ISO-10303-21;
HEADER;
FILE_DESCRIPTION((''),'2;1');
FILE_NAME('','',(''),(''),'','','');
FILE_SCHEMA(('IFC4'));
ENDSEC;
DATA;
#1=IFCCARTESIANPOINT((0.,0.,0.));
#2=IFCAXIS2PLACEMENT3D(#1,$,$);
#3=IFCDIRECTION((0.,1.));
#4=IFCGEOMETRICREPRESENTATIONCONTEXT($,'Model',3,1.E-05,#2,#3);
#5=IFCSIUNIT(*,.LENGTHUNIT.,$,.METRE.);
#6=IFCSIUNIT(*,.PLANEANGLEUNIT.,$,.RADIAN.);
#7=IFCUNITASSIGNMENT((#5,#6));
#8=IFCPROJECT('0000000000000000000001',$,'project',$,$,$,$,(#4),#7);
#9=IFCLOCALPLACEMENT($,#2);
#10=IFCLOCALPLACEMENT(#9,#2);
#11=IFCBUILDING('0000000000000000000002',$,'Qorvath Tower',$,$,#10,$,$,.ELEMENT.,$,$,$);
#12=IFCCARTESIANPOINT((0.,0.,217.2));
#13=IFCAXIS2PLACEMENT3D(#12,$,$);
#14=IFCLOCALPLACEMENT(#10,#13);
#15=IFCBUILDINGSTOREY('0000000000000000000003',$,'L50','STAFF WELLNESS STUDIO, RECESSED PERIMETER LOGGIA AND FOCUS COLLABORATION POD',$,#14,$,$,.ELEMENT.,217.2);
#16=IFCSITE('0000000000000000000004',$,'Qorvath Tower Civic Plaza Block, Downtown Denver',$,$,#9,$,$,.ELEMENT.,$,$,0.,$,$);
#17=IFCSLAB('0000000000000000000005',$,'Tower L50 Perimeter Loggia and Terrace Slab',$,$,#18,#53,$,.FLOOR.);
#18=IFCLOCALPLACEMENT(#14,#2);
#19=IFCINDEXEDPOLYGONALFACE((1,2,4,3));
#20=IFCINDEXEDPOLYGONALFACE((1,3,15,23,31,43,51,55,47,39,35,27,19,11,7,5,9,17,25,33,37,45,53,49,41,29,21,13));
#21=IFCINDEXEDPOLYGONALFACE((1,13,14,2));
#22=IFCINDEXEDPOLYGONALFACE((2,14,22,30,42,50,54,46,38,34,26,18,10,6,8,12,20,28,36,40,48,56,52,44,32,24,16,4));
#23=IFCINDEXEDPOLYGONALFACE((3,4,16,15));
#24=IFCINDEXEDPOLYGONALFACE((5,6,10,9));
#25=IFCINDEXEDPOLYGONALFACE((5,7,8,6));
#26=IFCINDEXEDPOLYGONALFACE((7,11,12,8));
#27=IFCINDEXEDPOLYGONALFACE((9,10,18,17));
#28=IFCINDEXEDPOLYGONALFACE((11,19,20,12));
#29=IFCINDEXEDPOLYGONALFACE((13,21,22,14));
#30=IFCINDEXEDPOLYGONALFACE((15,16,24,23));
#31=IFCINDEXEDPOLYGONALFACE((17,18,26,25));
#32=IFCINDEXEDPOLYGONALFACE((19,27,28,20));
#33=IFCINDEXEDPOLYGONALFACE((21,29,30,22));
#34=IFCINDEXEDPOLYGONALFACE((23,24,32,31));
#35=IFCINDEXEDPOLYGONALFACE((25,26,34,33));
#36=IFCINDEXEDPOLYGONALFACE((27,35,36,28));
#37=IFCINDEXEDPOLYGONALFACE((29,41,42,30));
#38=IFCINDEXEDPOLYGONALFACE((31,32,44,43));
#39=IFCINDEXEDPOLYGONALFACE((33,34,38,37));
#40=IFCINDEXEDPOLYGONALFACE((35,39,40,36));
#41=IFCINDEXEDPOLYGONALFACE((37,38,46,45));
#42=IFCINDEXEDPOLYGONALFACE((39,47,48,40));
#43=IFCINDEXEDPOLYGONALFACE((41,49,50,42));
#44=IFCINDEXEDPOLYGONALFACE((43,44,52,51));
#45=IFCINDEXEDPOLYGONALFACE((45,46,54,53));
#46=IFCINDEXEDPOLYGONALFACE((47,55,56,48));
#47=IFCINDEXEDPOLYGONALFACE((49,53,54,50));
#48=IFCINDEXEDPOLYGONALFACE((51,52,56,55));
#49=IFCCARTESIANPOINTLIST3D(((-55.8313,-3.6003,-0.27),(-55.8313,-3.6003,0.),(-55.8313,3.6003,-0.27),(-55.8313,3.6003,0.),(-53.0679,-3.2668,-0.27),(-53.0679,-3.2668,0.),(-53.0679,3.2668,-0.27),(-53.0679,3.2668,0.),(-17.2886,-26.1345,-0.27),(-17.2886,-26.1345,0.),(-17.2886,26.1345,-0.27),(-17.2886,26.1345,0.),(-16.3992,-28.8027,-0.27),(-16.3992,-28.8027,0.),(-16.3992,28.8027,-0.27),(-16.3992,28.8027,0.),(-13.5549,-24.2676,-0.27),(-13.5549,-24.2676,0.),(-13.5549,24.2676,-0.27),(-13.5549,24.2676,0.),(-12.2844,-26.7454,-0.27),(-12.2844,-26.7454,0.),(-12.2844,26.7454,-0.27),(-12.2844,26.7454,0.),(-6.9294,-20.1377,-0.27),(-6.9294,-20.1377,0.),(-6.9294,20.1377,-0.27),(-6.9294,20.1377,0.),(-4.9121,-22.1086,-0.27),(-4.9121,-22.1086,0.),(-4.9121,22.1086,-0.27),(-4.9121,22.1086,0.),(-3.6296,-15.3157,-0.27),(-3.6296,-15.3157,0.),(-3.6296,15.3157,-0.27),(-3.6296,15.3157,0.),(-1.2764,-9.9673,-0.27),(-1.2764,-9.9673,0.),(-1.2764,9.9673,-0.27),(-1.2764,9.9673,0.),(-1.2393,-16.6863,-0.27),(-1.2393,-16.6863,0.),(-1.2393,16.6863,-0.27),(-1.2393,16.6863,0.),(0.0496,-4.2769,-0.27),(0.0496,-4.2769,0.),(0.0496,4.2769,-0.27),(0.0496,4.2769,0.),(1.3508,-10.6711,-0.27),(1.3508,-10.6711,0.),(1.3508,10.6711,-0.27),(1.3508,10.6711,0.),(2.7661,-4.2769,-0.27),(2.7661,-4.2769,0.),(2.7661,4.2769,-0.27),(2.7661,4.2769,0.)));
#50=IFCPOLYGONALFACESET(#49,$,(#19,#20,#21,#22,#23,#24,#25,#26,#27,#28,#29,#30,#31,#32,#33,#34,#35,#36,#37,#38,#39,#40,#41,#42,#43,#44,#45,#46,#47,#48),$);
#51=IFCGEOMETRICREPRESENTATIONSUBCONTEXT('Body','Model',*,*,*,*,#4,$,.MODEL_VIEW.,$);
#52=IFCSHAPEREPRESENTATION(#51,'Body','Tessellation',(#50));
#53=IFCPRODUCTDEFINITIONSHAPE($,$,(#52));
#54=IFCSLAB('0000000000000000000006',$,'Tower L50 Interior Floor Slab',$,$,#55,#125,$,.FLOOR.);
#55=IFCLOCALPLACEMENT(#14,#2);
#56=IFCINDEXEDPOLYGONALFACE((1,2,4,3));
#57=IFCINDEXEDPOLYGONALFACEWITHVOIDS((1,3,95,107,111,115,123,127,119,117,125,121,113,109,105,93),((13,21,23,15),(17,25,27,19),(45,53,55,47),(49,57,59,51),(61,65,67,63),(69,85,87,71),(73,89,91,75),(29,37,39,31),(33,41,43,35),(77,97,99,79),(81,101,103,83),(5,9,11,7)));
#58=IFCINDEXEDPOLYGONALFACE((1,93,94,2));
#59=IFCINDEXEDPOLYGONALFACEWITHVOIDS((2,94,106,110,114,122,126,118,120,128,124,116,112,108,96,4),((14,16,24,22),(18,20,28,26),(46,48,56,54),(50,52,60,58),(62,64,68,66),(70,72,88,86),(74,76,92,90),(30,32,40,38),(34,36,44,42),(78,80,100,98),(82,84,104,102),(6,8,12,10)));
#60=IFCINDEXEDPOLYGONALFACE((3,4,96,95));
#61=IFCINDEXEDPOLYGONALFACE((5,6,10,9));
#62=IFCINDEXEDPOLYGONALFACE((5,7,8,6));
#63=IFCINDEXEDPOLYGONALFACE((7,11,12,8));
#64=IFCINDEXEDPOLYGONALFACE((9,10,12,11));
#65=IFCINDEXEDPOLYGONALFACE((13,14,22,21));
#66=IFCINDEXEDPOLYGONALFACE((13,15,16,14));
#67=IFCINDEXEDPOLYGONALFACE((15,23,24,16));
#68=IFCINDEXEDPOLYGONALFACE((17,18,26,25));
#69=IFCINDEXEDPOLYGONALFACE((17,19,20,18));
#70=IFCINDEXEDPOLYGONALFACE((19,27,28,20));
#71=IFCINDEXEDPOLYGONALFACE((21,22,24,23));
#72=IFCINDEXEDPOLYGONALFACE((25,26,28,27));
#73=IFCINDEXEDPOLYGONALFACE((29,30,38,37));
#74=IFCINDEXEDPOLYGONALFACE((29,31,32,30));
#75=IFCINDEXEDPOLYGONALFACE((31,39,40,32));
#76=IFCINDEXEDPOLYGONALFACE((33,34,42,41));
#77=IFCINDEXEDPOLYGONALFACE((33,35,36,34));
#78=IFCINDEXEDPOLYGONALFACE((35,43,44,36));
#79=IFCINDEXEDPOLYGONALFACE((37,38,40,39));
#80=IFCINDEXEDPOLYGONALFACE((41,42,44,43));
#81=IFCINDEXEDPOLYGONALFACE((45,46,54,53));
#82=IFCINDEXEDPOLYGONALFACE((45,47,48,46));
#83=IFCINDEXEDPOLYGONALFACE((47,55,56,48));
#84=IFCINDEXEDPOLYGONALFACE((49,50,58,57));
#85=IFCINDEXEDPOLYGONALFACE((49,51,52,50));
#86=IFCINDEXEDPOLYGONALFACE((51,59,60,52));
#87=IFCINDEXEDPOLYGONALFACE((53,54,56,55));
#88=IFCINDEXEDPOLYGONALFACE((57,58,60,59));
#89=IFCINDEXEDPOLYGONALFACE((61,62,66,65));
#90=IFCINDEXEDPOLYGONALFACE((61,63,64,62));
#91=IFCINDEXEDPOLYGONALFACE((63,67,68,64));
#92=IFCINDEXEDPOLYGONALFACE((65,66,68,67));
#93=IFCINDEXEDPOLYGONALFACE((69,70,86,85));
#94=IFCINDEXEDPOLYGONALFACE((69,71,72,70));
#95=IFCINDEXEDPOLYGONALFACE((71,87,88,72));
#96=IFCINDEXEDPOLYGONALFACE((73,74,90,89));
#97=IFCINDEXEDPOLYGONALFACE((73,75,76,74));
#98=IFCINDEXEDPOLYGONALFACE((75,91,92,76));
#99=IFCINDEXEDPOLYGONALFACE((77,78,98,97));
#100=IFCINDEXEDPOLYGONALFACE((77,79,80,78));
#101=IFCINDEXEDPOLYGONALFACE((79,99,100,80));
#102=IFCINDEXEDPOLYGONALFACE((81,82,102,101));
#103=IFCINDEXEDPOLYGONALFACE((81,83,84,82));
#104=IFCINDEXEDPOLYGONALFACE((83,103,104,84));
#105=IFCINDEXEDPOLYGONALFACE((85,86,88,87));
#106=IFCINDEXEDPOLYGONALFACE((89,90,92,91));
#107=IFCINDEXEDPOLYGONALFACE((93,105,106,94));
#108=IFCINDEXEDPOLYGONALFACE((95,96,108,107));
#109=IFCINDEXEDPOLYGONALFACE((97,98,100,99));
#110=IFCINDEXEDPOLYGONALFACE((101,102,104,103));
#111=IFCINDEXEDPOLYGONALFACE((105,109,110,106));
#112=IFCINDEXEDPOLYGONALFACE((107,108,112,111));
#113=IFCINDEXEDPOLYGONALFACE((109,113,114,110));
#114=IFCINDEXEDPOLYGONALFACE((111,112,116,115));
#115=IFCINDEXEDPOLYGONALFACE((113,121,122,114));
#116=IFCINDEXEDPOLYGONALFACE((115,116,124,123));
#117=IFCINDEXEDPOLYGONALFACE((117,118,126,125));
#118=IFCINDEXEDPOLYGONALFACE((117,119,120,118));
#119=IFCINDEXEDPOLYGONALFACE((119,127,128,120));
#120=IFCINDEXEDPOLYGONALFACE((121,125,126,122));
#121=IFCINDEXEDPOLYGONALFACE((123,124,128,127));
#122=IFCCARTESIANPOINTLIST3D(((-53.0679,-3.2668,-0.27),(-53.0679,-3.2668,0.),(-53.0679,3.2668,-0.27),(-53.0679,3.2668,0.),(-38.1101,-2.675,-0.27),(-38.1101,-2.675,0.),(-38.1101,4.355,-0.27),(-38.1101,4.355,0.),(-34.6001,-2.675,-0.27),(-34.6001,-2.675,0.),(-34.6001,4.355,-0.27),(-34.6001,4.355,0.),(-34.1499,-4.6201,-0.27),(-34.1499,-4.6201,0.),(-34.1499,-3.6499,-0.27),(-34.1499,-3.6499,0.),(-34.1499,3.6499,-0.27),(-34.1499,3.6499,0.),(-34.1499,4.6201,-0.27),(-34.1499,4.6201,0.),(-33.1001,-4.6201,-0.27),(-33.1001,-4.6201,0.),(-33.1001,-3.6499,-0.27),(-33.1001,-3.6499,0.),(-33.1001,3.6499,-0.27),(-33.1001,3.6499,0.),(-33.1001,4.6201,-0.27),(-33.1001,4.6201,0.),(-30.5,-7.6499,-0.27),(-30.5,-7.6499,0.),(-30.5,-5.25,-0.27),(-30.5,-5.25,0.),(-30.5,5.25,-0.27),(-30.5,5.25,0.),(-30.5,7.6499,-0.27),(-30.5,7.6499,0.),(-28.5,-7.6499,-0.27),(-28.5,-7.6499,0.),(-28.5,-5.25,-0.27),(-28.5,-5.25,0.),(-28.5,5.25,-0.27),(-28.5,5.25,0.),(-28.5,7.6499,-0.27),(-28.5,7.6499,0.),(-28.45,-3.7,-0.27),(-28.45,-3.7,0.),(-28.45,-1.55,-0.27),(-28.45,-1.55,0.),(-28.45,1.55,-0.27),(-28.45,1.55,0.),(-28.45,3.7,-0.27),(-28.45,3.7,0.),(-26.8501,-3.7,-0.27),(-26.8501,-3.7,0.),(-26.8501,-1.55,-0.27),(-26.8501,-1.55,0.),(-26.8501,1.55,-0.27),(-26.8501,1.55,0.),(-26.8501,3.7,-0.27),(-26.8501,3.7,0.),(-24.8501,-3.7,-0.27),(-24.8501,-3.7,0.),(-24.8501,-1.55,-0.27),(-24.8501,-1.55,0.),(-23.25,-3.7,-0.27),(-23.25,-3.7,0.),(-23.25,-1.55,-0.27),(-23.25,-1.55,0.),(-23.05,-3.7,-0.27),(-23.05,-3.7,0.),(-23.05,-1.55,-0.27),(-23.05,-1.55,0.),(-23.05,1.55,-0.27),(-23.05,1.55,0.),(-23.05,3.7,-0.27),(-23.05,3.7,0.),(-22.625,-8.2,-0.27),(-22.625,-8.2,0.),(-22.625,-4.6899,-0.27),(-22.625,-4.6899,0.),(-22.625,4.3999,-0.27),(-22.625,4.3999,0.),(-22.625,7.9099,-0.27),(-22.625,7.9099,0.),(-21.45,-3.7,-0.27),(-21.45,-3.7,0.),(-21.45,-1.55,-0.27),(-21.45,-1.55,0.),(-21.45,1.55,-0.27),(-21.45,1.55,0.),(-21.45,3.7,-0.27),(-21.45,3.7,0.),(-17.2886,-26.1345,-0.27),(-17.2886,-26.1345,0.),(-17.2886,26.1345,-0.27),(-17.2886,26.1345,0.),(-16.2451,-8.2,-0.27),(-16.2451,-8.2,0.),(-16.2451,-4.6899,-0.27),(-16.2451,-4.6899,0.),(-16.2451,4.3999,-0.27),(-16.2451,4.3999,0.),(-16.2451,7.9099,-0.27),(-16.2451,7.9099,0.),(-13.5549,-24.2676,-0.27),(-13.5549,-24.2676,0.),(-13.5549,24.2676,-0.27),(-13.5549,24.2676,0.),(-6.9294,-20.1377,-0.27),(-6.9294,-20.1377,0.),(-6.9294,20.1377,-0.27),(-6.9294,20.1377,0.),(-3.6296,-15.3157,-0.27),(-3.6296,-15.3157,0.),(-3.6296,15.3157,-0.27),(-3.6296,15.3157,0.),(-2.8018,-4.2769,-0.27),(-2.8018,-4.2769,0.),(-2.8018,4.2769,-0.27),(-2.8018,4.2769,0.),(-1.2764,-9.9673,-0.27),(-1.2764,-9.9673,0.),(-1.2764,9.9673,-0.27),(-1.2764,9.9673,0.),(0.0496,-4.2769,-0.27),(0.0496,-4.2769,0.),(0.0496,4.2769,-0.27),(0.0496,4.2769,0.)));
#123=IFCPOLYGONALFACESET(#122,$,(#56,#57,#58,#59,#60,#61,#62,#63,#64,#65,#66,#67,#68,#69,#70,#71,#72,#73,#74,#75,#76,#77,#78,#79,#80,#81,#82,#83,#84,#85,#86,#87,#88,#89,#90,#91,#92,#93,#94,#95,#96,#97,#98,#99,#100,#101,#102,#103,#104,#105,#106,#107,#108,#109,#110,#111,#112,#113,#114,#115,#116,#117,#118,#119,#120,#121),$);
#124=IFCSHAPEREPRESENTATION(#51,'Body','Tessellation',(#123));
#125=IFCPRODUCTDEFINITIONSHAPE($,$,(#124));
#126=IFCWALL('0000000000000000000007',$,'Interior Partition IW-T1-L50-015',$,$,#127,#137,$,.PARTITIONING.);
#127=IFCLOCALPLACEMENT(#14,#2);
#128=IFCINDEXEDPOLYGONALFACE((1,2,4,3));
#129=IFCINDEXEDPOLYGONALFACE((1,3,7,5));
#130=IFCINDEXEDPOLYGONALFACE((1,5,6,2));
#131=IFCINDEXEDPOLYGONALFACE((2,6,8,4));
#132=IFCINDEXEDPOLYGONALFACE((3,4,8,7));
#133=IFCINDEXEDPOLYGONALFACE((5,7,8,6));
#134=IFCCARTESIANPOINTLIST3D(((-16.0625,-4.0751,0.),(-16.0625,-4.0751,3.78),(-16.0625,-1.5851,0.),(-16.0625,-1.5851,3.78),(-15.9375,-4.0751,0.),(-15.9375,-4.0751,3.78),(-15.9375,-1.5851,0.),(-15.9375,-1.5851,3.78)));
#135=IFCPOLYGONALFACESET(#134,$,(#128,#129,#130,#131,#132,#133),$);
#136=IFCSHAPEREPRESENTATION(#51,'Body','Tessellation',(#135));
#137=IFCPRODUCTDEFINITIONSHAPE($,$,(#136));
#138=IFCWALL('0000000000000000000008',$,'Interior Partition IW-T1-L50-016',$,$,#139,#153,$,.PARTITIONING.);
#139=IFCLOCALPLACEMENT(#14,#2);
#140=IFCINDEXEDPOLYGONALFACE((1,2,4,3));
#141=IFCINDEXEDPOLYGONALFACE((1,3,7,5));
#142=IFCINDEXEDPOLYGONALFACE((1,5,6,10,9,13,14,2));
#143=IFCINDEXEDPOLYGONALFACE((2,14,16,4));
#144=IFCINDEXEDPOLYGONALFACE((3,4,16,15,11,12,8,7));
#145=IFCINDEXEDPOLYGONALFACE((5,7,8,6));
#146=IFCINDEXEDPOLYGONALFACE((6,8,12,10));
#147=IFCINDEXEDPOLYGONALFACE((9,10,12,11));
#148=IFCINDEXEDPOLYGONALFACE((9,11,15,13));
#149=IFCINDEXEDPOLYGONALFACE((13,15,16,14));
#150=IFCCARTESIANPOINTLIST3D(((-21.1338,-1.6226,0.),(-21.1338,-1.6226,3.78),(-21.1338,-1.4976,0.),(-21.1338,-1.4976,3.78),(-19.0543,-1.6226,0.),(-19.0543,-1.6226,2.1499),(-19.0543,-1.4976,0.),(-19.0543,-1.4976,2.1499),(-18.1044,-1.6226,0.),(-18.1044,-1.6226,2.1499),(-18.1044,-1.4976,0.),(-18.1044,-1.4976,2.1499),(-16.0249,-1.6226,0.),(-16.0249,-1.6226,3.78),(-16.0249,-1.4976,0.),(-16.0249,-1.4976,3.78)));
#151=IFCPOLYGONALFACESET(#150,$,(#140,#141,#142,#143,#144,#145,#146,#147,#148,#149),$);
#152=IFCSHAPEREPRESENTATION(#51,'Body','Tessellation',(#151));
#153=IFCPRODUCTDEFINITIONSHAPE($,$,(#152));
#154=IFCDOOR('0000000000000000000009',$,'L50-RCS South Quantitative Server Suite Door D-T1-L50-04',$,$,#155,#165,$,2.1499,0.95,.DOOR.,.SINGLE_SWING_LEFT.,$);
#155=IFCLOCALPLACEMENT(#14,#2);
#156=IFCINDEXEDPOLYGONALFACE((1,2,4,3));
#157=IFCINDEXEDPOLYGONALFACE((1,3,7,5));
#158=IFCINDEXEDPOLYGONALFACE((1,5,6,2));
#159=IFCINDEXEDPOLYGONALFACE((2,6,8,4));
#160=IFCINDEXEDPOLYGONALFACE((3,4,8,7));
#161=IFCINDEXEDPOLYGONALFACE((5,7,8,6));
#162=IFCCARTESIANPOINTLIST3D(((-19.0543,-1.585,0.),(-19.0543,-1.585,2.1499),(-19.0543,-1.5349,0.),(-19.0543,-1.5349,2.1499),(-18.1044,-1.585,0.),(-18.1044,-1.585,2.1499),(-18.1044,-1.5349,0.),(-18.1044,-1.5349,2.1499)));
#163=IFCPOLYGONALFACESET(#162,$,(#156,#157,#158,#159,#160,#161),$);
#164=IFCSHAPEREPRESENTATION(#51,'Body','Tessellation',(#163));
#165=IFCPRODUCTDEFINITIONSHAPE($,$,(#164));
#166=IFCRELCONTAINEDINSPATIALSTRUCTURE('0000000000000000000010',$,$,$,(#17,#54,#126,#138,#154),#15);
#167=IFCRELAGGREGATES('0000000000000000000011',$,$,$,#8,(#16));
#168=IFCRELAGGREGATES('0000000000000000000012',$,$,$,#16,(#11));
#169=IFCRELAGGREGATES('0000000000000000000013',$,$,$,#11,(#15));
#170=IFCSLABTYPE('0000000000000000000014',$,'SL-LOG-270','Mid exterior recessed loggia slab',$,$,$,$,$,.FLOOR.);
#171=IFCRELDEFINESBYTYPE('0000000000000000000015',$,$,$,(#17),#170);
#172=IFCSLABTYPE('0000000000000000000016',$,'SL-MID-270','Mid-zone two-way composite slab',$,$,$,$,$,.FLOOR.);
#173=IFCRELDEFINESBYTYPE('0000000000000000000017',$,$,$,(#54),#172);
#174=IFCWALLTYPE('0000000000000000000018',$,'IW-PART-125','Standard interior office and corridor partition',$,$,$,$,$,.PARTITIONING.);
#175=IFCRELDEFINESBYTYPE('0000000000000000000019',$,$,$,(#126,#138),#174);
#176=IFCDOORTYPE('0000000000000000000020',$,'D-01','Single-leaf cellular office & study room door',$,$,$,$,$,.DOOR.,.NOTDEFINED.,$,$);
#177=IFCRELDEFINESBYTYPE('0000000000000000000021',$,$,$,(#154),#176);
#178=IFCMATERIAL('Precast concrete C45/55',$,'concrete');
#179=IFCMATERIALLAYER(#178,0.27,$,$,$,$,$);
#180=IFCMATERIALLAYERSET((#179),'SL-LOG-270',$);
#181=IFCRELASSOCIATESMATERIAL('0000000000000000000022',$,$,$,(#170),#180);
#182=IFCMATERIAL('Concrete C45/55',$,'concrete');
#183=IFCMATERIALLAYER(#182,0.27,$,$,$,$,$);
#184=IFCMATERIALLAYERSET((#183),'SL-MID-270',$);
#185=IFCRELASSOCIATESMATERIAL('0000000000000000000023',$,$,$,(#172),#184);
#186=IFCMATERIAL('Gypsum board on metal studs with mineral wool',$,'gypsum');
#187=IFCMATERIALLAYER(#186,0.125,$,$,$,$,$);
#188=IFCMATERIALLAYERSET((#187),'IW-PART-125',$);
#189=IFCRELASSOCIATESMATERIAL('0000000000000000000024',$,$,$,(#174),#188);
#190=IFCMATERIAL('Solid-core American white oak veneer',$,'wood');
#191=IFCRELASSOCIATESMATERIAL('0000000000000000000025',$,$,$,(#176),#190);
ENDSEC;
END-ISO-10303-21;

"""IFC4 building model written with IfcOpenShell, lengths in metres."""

from ifc_helpers import new_model, si_unit, direction, frame, frame_2d, origin, place, context, subcontext, project, spatial, polyline, rectangle, outline, extrude, material, layer, layer_set, type_object, element, fill, save


model = new_model("IFC4")

# Units and contexts
model_context = context("Model", 3, precision=1e-05, world=origin(), true_north=direction((0.0, 1.0)))
body_context = subcontext(model_context, "Body", "Model", "MODEL_VIEW")
ifc_project = project(units=[si_unit("LENGTHUNIT", "METRE"), si_unit("PLANEANGLEUNIT", "RADIAN")], contexts=[model_context])

# Site, building, storey
site_placement = place(None, origin())
site = spatial("IfcSite", under=ifc_project, at=site_placement, Name="Qorvath Tower Civic Plaza Block, Downtown Denver", CompositionType="ELEMENT", RefElevation=0.0)
building_placement = place(site_placement, origin())
building = spatial("IfcBuilding", under=site, at=building_placement, Name="Qorvath Tower", CompositionType="ELEMENT")
storey_placement = place(building_placement, frame((0.0, 0.0, 217.2)))
storey = spatial("IfcBuildingStorey", under=building, at=storey_placement, Name="L50", Description="STAFF WELLNESS STUDIO, RECESSED PERIMETER LOGGIA AND FOCUS COLLABORATION POD", CompositionType="ELEMENT", Elevation=217.2)

# Slabs
ifc_material_1 = material(Name="Precast concrete C45/55", Category="concrete")
ifc_layer_1 = layer(ifc_material_1, 0.27)
ifc_layer_set_1 = layer_set([ifc_layer_1], Name="SL-LOG-270")
slab_type_1 = type_object("IfcSlabType", Name="SL-LOG-270", Description="Mid exterior recessed loggia slab", PredefinedType="FLOOR", material=ifc_layer_set_1)
slab_1_placement = place(storey_placement, frame((0.0, 0.0, -0.27)))
element("IfcSlab", 1, at=slab_1_placement, inside=storey, type_object=slab_type_1, Name="Tower L50 Perimeter Loggia and Terrace Slab", PredefinedType="FLOOR", context=body_context, shape_type="SweptSolid", body=[
    extrude(outline(polyline([(0.0496, -4.2769), (-1.2764, -9.9673), (-3.6296, -15.3157), (-6.9294, -20.1377), (-13.5549, -24.2676), (-17.2886, -26.1345), (-53.0679, -3.2668), (-53.0679, 3.2668), (-17.2886, 26.1345), (-13.5549, 24.2676), (-6.9294, 20.1377), (-3.6296, 15.3157), (-1.2764, 9.9673), (0.0496, 4.2769), (2.7661, 4.2769), (1.3508, 10.6711), (-1.2393, 16.6863), (-4.9121, 22.1086), (-12.2844, 26.7454), (-16.3992, 28.8027), (-55.8313, 3.6003), (-55.8313, -3.6003), (-16.3992, -28.8027), (-12.2844, -26.7454), (-4.9121, -22.1086), (-1.2393, -16.6863), (1.3508, -10.6711), (2.7661, -4.2769), (0.0496, -4.2769)])), origin(), (0.0, 0.0, 1.0), 0.27),
])
ifc_material_2 = material(Name="Concrete C45/55", Category="concrete")
ifc_layer_2 = layer(ifc_material_2, 0.27)
ifc_layer_set_2 = layer_set([ifc_layer_2], Name="SL-MID-270")
slab_type_2 = type_object("IfcSlabType", Name="SL-MID-270", Description="Mid-zone two-way composite slab", PredefinedType="FLOOR", material=ifc_layer_set_2)
slab_2_placement = place(storey_placement, frame((0.0, 0.0, -0.27)))
element("IfcSlab", 2, at=slab_2_placement, inside=storey, type_object=slab_type_2, Name="Tower L50 Interior Floor Slab", PredefinedType="FLOOR", context=body_context, shape_type="SweptSolid", body=[
    extrude(outline(polyline([(-53.0679, 3.2668), (-53.0679, -3.2668), (-17.2886, -26.1345), (-13.5549, -24.2676), (-6.9294, -20.1377), (-3.6296, -15.3157), (-1.2764, -9.9673), (0.0496, -4.2769), (-2.8018, -4.2769), (-2.8018, 4.2769), (0.0496, 4.2769), (-1.2764, 9.9673), (-3.6296, 15.3157), (-6.9294, 20.1377), (-13.5549, 24.2676), (-17.2886, 26.1345), (-53.0679, 3.2668)]), holes=[polyline([(-16.2451, -8.2), (-22.625, -8.2), (-22.625, -4.6899), (-16.2451, -4.6899), (-16.2451, -8.2)]), polyline([(-22.625, 4.3999), (-22.625, 7.9099), (-16.2451, 7.9099), (-16.2451, 4.3999), (-22.625, 4.3999)]), polyline([(-21.45, -3.7), (-23.05, -3.7), (-23.05, -1.55), (-21.45, -1.55), (-21.45, -3.7)]), polyline([(-23.05, 1.55), (-23.05, 3.7), (-21.45, 3.7), (-21.45, 1.55), (-23.05, 1.55)]), polyline([(-24.8501, -3.7), (-24.8501, -1.55), (-23.25, -1.55), (-23.25, -3.7), (-24.8501, -3.7)]), polyline([(-28.45, -3.7), (-28.45, -1.55), (-26.8501, -1.55), (-26.8501, -3.7), (-28.45, -3.7)]), polyline([(-26.8501, 1.55), (-28.45, 1.55), (-28.45, 3.7), (-26.8501, 3.7), (-26.8501, 1.55)]), polyline([(-28.5, -7.6499), (-30.5, -7.6499), (-30.5, -5.25), (-28.5, -5.25), (-28.5, -7.6499)]), polyline([(-30.5, 5.25), (-30.5, 7.6499), (-28.5, 7.6499), (-28.5, 5.25), (-30.5, 5.25)]), polyline([(-34.1499, -4.6201), (-34.1499, -3.6499), (-33.1001, -3.6499), (-33.1001, -4.6201), (-34.1499, -4.6201)]), polyline([(-34.1499, 3.6499), (-34.1499, 4.6201), (-33.1001, 4.6201), (-33.1001, 3.6499), (-34.1499, 3.6499)]), polyline([(-34.6001, -2.675), (-38.1101, -2.675), (-38.1101, 4.355), (-34.6001, 4.355), (-34.6001, -2.675)])]), origin(), (0.0, 0.0, 1.0), 0.27),
])

# Wall
ifc_material_3 = material(Name="Gypsum board on metal studs with mineral wool", Category="gypsum")
ifc_layer_3 = layer(ifc_material_3, 0.125)
ifc_layer_set_3 = layer_set([ifc_layer_3], Name="IW-PART-125")
wall_type_1 = type_object("IfcWallType", Name="IW-PART-125", Description="Standard interior office and corridor partition", PredefinedType="PARTITIONING", material=ifc_layer_set_3)
wall_1_placement = place(storey_placement, frame((-16.0, -4.0752, 0.0), z_axis=(0.0, 0.0, 1.0), x_axis=(0.0, 1.0, 0.0)))
element("IfcWall", 3, at=wall_1_placement, inside=storey, type_object=wall_type_1, Name="Interior Partition IW-T1-L50-015", PredefinedType="PARTITIONING", context=body_context, shape_type="SweptSolid", body=[
    extrude(rectangle(XDim=2.49, YDim=0.125, at=frame_2d((1.2451, 0.0))), origin(), (0.0, 0.0, 1.0), 3.78),
])

# Wall, opening, door
wall_2_placement = place(storey_placement, frame((-16.0249, -1.5601, 0.0), z_axis=(0.0, 0.0, 1.0), x_axis=(-1.0, 0.0, 0.0)))
wall_2 = element("IfcWall", 4, at=wall_2_placement, inside=storey, type_object=wall_type_1, Name="Interior Partition IW-T1-L50-016", PredefinedType="PARTITIONING", context=body_context, shape_type="SweptSolid", body=[
    extrude(rectangle(XDim=5.1089, YDim=0.125, at=frame_2d((2.5544, 0.0))), origin(), (0.0, 0.0, 1.0), 3.78),
])
opening_1_placement = place(wall_2_placement, frame((2.0793, 0.0, 0.0)))
opening_1 = element("IfcOpeningElement", 5, at=opening_1_placement, cuts=wall_2, PredefinedType="OPENING", context=body_context, shape_type="SweptSolid", body=[
    extrude(rectangle(XDim=0.95, YDim=2.1499, at=frame_2d((0.4751, 1.075))), frame((0.0, 0.0725, 0.0), z_axis=(0.0, -1.0, 0.0), x_axis=(1.0, 0.0, 0.0)), (0.0, 0.0, 1.0), 0.145),
])
ifc_material_4 = material(Name="Solid-core American white oak veneer", Category="wood")
door_type = type_object("IfcDoorType", Name="D-01", Description="Single-leaf cellular office & study room door", OperationType="NOTDEFINED", PredefinedType="DOOR", material=ifc_material_4)
door_1_placement = place(opening_1_placement, origin())
door_1 = element("IfcDoor", 6, at=door_1_placement, inside=storey, type_object=door_type, Name="L50-RCS South Quantitative Server Suite Door D-T1-L50-04", OperationType="SINGLE_SWING_LEFT", OverallHeight=2.1499, OverallWidth=0.95, PredefinedType="DOOR", context=body_context, shape_type="SweptSolid", body=[
    extrude(rectangle(XDim=0.95, YDim=2.1499, at=frame_2d((0.4751, 1.075))), frame((0.0, 0.0249, 0.0), z_axis=(0.0, -1.0, 0.0), x_axis=(1.0, 0.0, 0.0)), (0.0, 0.0, 1.0), 0.05),
])
fill(opening_1, door_1)

save(model, "model.ifc")
